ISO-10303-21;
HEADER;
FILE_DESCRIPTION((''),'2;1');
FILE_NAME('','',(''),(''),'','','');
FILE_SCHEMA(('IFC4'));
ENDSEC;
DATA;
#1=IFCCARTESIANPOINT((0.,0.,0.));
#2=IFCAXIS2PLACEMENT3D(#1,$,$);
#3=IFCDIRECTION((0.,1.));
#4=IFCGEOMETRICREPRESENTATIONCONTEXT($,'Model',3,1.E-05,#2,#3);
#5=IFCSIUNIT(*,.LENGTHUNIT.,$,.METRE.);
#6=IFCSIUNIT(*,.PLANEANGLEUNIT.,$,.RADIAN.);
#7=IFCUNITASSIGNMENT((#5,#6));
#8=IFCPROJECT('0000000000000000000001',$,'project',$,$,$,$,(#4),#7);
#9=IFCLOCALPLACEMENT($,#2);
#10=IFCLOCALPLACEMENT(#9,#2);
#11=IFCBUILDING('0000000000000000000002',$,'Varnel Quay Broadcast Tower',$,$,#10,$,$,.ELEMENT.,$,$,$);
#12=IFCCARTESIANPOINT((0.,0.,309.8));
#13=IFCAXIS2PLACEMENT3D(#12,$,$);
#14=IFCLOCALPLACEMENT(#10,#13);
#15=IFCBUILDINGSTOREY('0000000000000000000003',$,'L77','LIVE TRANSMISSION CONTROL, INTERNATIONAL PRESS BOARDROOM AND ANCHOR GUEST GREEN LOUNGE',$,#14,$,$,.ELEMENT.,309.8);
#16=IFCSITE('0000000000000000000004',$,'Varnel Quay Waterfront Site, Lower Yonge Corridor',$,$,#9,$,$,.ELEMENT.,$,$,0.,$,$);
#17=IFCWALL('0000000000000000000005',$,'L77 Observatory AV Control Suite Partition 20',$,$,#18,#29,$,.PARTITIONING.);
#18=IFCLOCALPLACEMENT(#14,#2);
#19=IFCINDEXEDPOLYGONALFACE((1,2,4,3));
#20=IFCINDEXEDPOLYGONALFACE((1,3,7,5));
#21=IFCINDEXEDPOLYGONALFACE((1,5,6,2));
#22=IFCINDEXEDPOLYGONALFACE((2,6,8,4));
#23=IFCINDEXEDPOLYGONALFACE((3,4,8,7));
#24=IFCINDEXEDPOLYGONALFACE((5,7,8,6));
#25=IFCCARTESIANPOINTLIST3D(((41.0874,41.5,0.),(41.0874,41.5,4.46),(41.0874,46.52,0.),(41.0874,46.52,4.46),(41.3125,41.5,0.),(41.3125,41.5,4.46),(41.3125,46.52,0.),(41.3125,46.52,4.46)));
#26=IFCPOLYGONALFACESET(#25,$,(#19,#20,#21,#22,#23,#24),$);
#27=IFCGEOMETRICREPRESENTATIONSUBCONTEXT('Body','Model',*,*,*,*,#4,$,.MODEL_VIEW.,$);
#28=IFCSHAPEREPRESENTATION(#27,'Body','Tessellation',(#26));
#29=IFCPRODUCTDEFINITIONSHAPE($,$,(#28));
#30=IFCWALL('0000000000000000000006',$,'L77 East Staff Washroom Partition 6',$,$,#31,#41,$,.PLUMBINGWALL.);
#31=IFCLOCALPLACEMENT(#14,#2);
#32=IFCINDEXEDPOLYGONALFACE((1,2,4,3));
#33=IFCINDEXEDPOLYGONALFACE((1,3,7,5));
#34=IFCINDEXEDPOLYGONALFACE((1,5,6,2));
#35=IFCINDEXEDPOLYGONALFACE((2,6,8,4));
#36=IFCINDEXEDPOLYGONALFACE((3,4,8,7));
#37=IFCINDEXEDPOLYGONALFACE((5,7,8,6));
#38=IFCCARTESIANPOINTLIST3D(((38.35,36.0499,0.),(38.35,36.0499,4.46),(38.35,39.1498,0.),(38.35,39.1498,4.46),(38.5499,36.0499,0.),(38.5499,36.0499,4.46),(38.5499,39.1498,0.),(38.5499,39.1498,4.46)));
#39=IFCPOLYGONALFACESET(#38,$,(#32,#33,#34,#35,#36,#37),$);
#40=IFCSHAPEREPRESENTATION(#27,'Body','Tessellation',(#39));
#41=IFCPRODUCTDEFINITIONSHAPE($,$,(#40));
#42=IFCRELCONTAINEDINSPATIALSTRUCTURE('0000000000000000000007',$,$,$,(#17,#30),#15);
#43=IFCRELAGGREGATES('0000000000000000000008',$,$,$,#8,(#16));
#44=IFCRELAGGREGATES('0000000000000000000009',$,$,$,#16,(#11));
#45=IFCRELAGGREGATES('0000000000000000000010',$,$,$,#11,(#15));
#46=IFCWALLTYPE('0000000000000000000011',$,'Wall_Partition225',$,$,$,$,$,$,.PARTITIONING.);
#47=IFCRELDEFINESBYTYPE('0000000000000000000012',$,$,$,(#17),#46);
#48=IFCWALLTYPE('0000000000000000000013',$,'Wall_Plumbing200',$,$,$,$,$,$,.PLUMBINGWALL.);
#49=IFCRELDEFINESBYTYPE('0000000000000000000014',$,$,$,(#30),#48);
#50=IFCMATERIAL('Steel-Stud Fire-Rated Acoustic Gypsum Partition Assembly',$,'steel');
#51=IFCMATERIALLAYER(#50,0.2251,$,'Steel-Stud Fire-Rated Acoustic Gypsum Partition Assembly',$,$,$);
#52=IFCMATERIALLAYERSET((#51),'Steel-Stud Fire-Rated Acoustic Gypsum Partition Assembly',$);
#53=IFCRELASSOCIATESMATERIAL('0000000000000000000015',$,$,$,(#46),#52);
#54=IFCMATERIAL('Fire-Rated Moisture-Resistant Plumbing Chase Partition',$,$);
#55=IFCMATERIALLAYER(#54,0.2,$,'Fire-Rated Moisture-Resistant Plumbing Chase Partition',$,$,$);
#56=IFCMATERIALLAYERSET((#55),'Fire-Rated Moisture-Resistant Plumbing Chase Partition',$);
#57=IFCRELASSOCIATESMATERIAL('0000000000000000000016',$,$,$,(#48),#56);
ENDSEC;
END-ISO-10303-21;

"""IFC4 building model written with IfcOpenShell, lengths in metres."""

from ifc_helpers import new_model, si_unit, direction, frame, frame_2d, origin, place, context, subcontext, project, spatial, rectangle, extrude, material, layer, layer_set, type_object, element, save


model = new_model("IFC4")

# Units and contexts
model_context = context("Model", 3, precision=1e-05, world=origin(), true_north=direction((0.0, 1.0)))
body_context = subcontext(model_context, "Body", "Model", "MODEL_VIEW")
ifc_project = project(units=[si_unit("LENGTHUNIT", "METRE"), si_unit("PLANEANGLEUNIT", "RADIAN")], contexts=[model_context])

# Site, building, storey
site_placement = place(None, origin())
site = spatial("IfcSite", under=ifc_project, at=site_placement, Name="Varnel Quay Waterfront Site, Lower Yonge Corridor", CompositionType="ELEMENT", RefElevation=0.0)
building_placement = place(site_placement, origin())
building = spatial("IfcBuilding", under=site, at=building_placement, Name="Varnel Quay Broadcast Tower", CompositionType="ELEMENT")
storey_placement = place(building_placement, frame((0.0, 0.0, 309.8)))
storey = spatial("IfcBuildingStorey", under=building, at=storey_placement, Name="L77", Description="LIVE TRANSMISSION CONTROL, INTERNATIONAL PRESS BOARDROOM AND ANCHOR GUEST GREEN LOUNGE", CompositionType="ELEMENT", Elevation=309.8)

# Walls
ifc_material_1 = material(Name="Steel-Stud Fire-Rated Acoustic Gypsum Partition Assembly", Category="steel")
ifc_layer_1 = layer(ifc_material_1, 0.2251, Name="Steel-Stud Fire-Rated Acoustic Gypsum Partition Assembly")
ifc_layer_set_1 = layer_set([ifc_layer_1], Name="Steel-Stud Fire-Rated Acoustic Gypsum Partition Assembly")
wall_type_1 = type_object("IfcWallType", Name="Wall_Partition225", PredefinedType="PARTITIONING", material=ifc_layer_set_1)
wall_1_placement = place(storey_placement, frame((41.2, 41.5, 0.0), z_axis=(0.0, 0.0, 1.0), x_axis=(0.0, 1.0, 0.0)))
element("IfcWall", 1, at=wall_1_placement, inside=storey, type_object=wall_type_1, Name="L77 Observatory AV Control Suite Partition 20", PredefinedType="PARTITIONING", context=body_context, shape_type="SweptSolid", body=[
    extrude(rectangle(XDim=5.02, YDim=0.2251, at=frame_2d((2.51, 0.0))), origin(), (0.0, 0.0, 1.0), 4.46),
])
ifc_material_2 = material(Name="Fire-Rated Moisture-Resistant Plumbing Chase Partition")
ifc_layer_2 = layer(ifc_material_2, 0.2, Name="Fire-Rated Moisture-Resistant Plumbing Chase Partition")
ifc_layer_set_2 = layer_set([ifc_layer_2], Name="Fire-Rated Moisture-Resistant Plumbing Chase Partition")
wall_type_2 = type_object("IfcWallType", Name="Wall_Plumbing200", PredefinedType="PLUMBINGWALL", material=ifc_layer_set_2)
wall_2_placement = place(storey_placement, frame((38.45, 36.05, 0.0), z_axis=(0.0, 0.0, 1.0), x_axis=(0.0, 1.0, 0.0)))
element("IfcWall", 2, at=wall_2_placement, inside=storey, type_object=wall_type_2, Name="L77 East Staff Washroom Partition 6", PredefinedType="PLUMBINGWALL", context=body_context, shape_type="SweptSolid", body=[
    extrude(rectangle(XDim=3.0999, YDim=0.2, at=frame_2d((1.5498, 0.0))), origin(), (0.0, 0.0, 1.0), 4.46),
])

save(model, "model.ifc")
